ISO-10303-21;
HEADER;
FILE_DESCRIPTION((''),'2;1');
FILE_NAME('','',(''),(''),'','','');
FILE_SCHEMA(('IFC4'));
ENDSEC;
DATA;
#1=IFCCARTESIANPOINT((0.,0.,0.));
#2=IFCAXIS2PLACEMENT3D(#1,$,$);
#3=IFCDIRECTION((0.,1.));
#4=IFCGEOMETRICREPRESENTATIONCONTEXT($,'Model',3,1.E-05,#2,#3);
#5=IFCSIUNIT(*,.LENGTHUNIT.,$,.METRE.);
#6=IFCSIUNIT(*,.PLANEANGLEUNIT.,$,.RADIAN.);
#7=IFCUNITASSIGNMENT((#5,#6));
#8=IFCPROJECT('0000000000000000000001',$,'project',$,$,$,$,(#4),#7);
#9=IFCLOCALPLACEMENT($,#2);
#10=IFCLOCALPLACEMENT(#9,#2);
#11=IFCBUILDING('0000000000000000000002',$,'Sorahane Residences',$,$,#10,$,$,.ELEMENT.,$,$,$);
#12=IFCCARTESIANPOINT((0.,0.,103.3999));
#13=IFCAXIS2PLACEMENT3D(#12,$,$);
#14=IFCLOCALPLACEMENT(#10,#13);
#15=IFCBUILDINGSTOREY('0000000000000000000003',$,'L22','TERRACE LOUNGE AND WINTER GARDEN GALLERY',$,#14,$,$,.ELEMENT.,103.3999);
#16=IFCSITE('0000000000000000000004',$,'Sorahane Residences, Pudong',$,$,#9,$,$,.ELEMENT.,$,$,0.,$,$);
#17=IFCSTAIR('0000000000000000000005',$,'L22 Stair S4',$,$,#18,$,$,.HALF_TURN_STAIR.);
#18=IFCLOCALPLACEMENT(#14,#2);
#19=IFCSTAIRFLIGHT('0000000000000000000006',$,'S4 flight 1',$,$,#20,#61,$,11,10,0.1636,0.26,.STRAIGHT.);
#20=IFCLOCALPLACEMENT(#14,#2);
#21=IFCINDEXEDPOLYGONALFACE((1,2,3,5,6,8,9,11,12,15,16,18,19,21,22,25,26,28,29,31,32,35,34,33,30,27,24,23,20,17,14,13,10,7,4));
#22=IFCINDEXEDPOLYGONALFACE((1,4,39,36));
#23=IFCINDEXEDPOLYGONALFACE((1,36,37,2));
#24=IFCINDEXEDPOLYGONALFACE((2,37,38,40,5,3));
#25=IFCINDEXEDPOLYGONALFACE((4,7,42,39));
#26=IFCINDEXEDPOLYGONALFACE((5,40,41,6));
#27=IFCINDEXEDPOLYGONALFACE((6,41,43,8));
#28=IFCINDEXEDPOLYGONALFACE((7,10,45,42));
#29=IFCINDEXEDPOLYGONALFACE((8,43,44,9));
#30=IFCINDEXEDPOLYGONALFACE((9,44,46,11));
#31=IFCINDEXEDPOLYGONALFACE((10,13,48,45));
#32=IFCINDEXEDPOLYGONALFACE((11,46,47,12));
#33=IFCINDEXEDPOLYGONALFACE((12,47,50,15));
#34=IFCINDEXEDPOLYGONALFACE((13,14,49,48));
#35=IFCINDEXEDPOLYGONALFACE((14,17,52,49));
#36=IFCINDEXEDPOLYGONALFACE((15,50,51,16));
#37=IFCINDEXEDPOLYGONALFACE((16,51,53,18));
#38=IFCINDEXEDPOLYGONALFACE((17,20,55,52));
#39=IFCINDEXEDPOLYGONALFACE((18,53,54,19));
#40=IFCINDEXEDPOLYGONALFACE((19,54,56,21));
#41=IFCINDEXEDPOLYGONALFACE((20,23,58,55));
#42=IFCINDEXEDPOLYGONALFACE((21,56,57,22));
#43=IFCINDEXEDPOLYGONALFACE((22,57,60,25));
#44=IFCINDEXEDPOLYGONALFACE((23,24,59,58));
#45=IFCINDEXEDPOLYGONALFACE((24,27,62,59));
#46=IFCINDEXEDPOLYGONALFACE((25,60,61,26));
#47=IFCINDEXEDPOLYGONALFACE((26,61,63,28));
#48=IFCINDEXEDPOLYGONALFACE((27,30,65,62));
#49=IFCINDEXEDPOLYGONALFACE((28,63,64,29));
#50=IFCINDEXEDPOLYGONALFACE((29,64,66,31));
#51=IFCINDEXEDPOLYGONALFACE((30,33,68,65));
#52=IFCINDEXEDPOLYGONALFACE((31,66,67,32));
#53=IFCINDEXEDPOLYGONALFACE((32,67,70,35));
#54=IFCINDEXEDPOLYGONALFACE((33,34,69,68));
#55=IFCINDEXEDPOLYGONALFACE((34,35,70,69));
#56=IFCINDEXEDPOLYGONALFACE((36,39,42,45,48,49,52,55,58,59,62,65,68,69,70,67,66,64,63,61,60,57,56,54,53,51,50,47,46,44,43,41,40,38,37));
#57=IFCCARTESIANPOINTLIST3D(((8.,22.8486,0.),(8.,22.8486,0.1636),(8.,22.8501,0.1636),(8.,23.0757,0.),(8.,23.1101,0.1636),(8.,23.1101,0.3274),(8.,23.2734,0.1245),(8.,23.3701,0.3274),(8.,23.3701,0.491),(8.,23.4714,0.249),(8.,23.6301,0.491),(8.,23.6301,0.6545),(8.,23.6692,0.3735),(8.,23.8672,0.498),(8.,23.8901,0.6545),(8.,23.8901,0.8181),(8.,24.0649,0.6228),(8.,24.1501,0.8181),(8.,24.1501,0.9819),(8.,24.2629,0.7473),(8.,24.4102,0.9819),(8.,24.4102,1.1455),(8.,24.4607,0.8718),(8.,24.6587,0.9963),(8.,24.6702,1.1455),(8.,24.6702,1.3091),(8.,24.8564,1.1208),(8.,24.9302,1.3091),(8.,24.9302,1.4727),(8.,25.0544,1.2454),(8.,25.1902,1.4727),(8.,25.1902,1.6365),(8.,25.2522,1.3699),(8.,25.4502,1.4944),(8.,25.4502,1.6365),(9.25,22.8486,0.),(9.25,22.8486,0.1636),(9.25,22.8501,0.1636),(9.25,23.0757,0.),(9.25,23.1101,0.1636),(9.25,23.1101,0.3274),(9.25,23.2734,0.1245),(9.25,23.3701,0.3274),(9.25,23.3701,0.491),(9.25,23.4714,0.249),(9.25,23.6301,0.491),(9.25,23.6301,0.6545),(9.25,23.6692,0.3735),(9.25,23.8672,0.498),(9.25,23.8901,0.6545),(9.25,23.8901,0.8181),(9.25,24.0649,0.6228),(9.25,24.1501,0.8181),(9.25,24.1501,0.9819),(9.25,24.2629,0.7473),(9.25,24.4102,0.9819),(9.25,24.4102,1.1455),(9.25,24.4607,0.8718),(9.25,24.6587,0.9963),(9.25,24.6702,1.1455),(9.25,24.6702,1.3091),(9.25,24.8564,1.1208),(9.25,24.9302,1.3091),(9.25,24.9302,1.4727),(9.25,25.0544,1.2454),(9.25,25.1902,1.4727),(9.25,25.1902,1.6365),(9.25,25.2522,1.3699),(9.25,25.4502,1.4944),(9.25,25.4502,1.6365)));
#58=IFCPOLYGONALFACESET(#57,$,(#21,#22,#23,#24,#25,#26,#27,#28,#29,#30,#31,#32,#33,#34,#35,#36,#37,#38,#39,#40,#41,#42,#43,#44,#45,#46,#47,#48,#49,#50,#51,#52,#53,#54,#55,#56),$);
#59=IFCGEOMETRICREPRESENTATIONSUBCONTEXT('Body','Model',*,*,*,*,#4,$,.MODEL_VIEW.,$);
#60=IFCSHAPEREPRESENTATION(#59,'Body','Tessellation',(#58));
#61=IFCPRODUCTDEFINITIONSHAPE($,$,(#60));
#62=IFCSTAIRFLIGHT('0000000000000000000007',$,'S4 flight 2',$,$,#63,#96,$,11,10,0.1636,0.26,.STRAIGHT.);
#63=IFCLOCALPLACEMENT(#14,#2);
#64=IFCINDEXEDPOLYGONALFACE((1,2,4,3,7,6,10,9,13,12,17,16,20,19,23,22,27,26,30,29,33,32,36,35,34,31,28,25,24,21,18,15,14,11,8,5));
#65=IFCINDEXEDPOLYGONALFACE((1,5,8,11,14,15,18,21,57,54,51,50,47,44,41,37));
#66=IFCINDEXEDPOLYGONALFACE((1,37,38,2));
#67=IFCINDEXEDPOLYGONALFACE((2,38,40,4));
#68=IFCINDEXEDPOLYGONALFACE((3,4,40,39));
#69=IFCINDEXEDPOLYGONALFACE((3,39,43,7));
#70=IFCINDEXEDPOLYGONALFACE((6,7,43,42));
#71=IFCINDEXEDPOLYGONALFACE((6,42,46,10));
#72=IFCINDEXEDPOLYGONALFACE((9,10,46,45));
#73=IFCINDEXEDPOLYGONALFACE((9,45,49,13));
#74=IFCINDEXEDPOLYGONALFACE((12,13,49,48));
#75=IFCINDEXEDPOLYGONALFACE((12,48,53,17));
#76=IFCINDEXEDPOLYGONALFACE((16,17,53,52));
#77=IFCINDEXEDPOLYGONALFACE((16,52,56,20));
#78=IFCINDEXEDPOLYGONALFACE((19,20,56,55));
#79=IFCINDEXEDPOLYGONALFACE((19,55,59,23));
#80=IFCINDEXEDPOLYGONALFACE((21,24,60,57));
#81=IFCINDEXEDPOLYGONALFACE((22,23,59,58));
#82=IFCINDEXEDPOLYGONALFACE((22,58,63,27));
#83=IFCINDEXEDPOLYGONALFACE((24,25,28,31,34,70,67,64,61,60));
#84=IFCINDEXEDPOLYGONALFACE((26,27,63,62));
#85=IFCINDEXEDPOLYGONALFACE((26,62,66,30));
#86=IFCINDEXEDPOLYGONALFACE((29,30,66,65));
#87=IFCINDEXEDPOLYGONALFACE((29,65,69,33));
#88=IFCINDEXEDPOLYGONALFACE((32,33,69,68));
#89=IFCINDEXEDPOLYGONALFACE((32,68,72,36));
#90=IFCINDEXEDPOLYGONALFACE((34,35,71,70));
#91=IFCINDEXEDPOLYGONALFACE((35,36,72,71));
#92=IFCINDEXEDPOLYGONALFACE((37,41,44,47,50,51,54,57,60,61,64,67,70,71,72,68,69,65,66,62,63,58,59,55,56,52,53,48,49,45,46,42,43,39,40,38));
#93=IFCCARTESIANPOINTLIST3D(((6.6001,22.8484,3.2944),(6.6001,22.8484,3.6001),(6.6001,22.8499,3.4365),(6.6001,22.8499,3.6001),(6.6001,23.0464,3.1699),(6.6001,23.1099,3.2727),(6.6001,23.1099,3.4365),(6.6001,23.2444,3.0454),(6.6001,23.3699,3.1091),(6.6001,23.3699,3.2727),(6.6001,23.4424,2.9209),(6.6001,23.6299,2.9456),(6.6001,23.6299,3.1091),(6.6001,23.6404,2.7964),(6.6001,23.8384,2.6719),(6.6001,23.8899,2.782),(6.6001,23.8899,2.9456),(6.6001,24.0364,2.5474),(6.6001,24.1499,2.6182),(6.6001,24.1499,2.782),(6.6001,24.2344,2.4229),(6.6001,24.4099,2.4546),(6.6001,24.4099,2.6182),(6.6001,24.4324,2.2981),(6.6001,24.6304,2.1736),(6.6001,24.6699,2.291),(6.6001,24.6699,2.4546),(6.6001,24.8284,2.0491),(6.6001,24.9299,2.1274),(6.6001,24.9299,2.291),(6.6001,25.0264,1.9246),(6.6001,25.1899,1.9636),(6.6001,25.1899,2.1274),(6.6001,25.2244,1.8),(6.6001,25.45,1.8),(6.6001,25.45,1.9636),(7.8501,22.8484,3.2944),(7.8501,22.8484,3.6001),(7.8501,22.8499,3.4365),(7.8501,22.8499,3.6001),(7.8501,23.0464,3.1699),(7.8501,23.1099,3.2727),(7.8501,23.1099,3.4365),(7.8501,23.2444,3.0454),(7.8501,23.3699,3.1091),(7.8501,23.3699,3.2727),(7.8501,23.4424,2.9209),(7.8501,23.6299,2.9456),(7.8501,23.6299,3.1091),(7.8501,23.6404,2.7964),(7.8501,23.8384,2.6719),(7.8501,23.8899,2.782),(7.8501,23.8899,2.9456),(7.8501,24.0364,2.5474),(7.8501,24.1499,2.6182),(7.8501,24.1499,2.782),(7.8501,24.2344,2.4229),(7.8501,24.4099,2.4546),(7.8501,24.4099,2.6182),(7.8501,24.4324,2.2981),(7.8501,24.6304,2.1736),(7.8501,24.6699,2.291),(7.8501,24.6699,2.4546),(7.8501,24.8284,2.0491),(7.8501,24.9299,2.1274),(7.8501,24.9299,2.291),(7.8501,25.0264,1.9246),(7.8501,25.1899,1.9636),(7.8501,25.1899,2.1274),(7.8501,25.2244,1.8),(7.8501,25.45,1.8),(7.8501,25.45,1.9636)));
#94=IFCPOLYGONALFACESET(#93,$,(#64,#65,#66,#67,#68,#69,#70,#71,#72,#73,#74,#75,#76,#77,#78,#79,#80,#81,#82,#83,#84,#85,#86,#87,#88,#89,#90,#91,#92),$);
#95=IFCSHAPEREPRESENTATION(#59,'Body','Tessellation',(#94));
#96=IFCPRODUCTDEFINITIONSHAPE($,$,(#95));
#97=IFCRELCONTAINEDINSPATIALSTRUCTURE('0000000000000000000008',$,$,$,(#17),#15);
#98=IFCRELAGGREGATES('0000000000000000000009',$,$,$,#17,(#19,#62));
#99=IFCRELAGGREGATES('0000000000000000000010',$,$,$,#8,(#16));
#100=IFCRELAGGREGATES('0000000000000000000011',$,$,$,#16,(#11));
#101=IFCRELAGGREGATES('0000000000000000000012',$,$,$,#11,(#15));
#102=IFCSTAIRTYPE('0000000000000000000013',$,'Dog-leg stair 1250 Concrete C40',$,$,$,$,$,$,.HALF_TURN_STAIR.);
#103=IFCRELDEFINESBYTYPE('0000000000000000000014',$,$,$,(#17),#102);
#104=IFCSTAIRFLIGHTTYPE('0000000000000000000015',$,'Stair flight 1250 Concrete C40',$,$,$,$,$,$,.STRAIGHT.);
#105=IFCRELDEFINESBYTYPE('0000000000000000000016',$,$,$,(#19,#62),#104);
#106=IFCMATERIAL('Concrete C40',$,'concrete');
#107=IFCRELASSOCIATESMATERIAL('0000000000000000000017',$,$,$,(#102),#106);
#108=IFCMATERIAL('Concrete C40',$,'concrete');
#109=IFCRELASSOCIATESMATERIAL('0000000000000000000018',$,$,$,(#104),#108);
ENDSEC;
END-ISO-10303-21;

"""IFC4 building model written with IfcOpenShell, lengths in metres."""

from ifc_helpers import new_model, si_unit, direction, frame, origin, place, context, subcontext, project, spatial, polyline, outline, extrude, material, type_object, element, aggregate, save


model = new_model("IFC4")

# Units and contexts
model_context = context("Model", 3, precision=1e-05, world=origin(), true_north=direction((0.0, 1.0)))
body_context = subcontext(model_context, "Body", "Model", "MODEL_VIEW")
ifc_project = project(units=[si_unit("LENGTHUNIT", "METRE"), si_unit("PLANEANGLEUNIT", "RADIAN")], contexts=[model_context])

# Site, building, storey
site_placement = place(None, origin())
site = spatial("IfcSite", under=ifc_project, at=site_placement, Name="Sorahane Residences, Pudong", CompositionType="ELEMENT", RefElevation=0.0)
building_placement = place(site_placement, origin())
building = spatial("IfcBuilding", under=site, at=building_placement, Name="Sorahane Residences", CompositionType="ELEMENT")
storey_placement = place(building_placement, frame((0.0, 0.0, 103.3999)))
storey = spatial("IfcBuildingStorey", under=building, at=storey_placement, Name="L22", Description="TERRACE LOUNGE AND WINTER GARDEN GALLERY", CompositionType="ELEMENT", Elevation=103.3999)

# Stair, stair flights
ifc_material_1 = material(Name="Concrete C40", Category="concrete")
stair_type = type_object("IfcStairType", Name="Dog-leg stair 1250 Concrete C40", PredefinedType="HALF_TURN_STAIR", material=ifc_material_1)
stair_placement = place(storey_placement, origin())
stair = element("IfcStair", 1, at=stair_placement, inside=storey, type_object=stair_type, Name="L22 Stair S4", PredefinedType="HALF_TURN_STAIR")
ifc_material_2 = material(Name="Concrete C40", Category="concrete")
stair_flight_type = type_object("IfcStairFlightType", Name="Stair flight 1250 Concrete C40", PredefinedType="STRAIGHT", material=ifc_material_2)
stair_flight_1_placement = place(storey_placement, frame((8.625, 22.8501, 0.0), z_axis=(0.0, 0.0, 1.0), x_axis=(0.0, 1.0, 0.0)))
stair_flight_1 = element("IfcStairFlight", 2, at=stair_flight_1_placement, type_object=stair_flight_type, Name="S4 flight 1", NumberOfRisers=11, NumberOfTreads=10, PredefinedType="STRAIGHT", RiserHeight=0.1636, TreadLength=0.26, context=body_context, shape_type="SweptSolid", body=[
    extrude(outline(polyline([(-0.0015, 0.0), (-0.0015, 0.1636), (0.0, 0.1636), (0.26, 0.1636), (0.26, 0.3274), (0.52, 0.3274), (0.52, 0.491), (0.78, 0.491), (0.78, 0.6545), (1.04, 0.6545), (1.04, 0.8181), (1.3, 0.8181), (1.3, 0.9819), (1.5601, 0.9819), (1.5601, 1.1455), (1.8201, 1.1455), (1.8201, 1.3091), (2.0801, 1.3091), (2.0801, 1.4727), (2.3401, 1.4727), (2.3401, 1.6365), (2.6001, 1.6365), (2.6001, 1.8), (2.6001, 1.4944), (2.4021, 1.3699), (2.2043, 1.2454), (2.0063, 1.1208), (1.8086, 0.9963), (1.6106, 0.8718), (1.4128, 0.7473), (1.2148, 0.6228), (1.0171, 0.498), (0.8191, 0.3735), (0.6213, 0.249), (0.4233, 0.1245), (0.2256, 0.0), (-0.0015, 0.0)])), frame((0.0, 0.625, 0.0), z_axis=(0.0, -1.0, 0.0), x_axis=(1.0, 0.0, 0.0)), (0.0, 0.0, 1.0), 1.25),
])
stair_flight_2_placement = place(storey_placement, frame((7.2251, 25.45, 1.8), z_axis=(0.0, 0.0, 1.0), x_axis=(0.0, -1.0, 0.0)))
stair_flight_2 = element("IfcStairFlight", 3, at=stair_flight_2_placement, type_object=stair_flight_type, Name="S4 flight 2", NumberOfRisers=11, NumberOfTreads=10, PredefinedType="STRAIGHT", RiserHeight=0.1636, TreadLength=0.26, context=body_context, shape_type="SweptSolid", body=[
    extrude(outline(polyline([(0.0, 0.0), (0.0, 0.1636), (0.26, 0.1636), (0.26, 0.3274), (0.52, 0.3274), (0.52, 0.491), (0.78, 0.491), (0.78, 0.6545), (1.04, 0.6545), (1.04, 0.8181), (1.3, 0.8181), (1.3, 0.9819), (1.5601, 0.9819), (1.5601, 1.1455), (1.8201, 1.1455), (1.8201, 1.3091), (2.0801, 1.3091), (2.0801, 1.4727), (2.3401, 1.4727), (2.3401, 1.6365), (2.6001, 1.6365), (2.6001, 1.8), (2.6016, 1.8), (2.6016, 1.4944), (2.4036, 1.3699), (2.2056, 1.2454), (2.0076, 1.1208), (1.8096, 0.9963), (1.6116, 0.8718), (1.4136, 0.7473), (1.2156, 0.6228), (1.0176, 0.498), (0.8196, 0.3735), (0.6216, 0.249), (0.4236, 0.1245), (0.2256, 0.0), (0.0, 0.0)])), frame((0.0, 0.625, 0.0), z_axis=(0.0, -1.0, 0.0), x_axis=(1.0, 0.0, 0.0)), (0.0, 0.0, 1.0), 1.25),
])
aggregate(stair, [stair_flight_1, stair_flight_2])

save(model, "model.ifc")
